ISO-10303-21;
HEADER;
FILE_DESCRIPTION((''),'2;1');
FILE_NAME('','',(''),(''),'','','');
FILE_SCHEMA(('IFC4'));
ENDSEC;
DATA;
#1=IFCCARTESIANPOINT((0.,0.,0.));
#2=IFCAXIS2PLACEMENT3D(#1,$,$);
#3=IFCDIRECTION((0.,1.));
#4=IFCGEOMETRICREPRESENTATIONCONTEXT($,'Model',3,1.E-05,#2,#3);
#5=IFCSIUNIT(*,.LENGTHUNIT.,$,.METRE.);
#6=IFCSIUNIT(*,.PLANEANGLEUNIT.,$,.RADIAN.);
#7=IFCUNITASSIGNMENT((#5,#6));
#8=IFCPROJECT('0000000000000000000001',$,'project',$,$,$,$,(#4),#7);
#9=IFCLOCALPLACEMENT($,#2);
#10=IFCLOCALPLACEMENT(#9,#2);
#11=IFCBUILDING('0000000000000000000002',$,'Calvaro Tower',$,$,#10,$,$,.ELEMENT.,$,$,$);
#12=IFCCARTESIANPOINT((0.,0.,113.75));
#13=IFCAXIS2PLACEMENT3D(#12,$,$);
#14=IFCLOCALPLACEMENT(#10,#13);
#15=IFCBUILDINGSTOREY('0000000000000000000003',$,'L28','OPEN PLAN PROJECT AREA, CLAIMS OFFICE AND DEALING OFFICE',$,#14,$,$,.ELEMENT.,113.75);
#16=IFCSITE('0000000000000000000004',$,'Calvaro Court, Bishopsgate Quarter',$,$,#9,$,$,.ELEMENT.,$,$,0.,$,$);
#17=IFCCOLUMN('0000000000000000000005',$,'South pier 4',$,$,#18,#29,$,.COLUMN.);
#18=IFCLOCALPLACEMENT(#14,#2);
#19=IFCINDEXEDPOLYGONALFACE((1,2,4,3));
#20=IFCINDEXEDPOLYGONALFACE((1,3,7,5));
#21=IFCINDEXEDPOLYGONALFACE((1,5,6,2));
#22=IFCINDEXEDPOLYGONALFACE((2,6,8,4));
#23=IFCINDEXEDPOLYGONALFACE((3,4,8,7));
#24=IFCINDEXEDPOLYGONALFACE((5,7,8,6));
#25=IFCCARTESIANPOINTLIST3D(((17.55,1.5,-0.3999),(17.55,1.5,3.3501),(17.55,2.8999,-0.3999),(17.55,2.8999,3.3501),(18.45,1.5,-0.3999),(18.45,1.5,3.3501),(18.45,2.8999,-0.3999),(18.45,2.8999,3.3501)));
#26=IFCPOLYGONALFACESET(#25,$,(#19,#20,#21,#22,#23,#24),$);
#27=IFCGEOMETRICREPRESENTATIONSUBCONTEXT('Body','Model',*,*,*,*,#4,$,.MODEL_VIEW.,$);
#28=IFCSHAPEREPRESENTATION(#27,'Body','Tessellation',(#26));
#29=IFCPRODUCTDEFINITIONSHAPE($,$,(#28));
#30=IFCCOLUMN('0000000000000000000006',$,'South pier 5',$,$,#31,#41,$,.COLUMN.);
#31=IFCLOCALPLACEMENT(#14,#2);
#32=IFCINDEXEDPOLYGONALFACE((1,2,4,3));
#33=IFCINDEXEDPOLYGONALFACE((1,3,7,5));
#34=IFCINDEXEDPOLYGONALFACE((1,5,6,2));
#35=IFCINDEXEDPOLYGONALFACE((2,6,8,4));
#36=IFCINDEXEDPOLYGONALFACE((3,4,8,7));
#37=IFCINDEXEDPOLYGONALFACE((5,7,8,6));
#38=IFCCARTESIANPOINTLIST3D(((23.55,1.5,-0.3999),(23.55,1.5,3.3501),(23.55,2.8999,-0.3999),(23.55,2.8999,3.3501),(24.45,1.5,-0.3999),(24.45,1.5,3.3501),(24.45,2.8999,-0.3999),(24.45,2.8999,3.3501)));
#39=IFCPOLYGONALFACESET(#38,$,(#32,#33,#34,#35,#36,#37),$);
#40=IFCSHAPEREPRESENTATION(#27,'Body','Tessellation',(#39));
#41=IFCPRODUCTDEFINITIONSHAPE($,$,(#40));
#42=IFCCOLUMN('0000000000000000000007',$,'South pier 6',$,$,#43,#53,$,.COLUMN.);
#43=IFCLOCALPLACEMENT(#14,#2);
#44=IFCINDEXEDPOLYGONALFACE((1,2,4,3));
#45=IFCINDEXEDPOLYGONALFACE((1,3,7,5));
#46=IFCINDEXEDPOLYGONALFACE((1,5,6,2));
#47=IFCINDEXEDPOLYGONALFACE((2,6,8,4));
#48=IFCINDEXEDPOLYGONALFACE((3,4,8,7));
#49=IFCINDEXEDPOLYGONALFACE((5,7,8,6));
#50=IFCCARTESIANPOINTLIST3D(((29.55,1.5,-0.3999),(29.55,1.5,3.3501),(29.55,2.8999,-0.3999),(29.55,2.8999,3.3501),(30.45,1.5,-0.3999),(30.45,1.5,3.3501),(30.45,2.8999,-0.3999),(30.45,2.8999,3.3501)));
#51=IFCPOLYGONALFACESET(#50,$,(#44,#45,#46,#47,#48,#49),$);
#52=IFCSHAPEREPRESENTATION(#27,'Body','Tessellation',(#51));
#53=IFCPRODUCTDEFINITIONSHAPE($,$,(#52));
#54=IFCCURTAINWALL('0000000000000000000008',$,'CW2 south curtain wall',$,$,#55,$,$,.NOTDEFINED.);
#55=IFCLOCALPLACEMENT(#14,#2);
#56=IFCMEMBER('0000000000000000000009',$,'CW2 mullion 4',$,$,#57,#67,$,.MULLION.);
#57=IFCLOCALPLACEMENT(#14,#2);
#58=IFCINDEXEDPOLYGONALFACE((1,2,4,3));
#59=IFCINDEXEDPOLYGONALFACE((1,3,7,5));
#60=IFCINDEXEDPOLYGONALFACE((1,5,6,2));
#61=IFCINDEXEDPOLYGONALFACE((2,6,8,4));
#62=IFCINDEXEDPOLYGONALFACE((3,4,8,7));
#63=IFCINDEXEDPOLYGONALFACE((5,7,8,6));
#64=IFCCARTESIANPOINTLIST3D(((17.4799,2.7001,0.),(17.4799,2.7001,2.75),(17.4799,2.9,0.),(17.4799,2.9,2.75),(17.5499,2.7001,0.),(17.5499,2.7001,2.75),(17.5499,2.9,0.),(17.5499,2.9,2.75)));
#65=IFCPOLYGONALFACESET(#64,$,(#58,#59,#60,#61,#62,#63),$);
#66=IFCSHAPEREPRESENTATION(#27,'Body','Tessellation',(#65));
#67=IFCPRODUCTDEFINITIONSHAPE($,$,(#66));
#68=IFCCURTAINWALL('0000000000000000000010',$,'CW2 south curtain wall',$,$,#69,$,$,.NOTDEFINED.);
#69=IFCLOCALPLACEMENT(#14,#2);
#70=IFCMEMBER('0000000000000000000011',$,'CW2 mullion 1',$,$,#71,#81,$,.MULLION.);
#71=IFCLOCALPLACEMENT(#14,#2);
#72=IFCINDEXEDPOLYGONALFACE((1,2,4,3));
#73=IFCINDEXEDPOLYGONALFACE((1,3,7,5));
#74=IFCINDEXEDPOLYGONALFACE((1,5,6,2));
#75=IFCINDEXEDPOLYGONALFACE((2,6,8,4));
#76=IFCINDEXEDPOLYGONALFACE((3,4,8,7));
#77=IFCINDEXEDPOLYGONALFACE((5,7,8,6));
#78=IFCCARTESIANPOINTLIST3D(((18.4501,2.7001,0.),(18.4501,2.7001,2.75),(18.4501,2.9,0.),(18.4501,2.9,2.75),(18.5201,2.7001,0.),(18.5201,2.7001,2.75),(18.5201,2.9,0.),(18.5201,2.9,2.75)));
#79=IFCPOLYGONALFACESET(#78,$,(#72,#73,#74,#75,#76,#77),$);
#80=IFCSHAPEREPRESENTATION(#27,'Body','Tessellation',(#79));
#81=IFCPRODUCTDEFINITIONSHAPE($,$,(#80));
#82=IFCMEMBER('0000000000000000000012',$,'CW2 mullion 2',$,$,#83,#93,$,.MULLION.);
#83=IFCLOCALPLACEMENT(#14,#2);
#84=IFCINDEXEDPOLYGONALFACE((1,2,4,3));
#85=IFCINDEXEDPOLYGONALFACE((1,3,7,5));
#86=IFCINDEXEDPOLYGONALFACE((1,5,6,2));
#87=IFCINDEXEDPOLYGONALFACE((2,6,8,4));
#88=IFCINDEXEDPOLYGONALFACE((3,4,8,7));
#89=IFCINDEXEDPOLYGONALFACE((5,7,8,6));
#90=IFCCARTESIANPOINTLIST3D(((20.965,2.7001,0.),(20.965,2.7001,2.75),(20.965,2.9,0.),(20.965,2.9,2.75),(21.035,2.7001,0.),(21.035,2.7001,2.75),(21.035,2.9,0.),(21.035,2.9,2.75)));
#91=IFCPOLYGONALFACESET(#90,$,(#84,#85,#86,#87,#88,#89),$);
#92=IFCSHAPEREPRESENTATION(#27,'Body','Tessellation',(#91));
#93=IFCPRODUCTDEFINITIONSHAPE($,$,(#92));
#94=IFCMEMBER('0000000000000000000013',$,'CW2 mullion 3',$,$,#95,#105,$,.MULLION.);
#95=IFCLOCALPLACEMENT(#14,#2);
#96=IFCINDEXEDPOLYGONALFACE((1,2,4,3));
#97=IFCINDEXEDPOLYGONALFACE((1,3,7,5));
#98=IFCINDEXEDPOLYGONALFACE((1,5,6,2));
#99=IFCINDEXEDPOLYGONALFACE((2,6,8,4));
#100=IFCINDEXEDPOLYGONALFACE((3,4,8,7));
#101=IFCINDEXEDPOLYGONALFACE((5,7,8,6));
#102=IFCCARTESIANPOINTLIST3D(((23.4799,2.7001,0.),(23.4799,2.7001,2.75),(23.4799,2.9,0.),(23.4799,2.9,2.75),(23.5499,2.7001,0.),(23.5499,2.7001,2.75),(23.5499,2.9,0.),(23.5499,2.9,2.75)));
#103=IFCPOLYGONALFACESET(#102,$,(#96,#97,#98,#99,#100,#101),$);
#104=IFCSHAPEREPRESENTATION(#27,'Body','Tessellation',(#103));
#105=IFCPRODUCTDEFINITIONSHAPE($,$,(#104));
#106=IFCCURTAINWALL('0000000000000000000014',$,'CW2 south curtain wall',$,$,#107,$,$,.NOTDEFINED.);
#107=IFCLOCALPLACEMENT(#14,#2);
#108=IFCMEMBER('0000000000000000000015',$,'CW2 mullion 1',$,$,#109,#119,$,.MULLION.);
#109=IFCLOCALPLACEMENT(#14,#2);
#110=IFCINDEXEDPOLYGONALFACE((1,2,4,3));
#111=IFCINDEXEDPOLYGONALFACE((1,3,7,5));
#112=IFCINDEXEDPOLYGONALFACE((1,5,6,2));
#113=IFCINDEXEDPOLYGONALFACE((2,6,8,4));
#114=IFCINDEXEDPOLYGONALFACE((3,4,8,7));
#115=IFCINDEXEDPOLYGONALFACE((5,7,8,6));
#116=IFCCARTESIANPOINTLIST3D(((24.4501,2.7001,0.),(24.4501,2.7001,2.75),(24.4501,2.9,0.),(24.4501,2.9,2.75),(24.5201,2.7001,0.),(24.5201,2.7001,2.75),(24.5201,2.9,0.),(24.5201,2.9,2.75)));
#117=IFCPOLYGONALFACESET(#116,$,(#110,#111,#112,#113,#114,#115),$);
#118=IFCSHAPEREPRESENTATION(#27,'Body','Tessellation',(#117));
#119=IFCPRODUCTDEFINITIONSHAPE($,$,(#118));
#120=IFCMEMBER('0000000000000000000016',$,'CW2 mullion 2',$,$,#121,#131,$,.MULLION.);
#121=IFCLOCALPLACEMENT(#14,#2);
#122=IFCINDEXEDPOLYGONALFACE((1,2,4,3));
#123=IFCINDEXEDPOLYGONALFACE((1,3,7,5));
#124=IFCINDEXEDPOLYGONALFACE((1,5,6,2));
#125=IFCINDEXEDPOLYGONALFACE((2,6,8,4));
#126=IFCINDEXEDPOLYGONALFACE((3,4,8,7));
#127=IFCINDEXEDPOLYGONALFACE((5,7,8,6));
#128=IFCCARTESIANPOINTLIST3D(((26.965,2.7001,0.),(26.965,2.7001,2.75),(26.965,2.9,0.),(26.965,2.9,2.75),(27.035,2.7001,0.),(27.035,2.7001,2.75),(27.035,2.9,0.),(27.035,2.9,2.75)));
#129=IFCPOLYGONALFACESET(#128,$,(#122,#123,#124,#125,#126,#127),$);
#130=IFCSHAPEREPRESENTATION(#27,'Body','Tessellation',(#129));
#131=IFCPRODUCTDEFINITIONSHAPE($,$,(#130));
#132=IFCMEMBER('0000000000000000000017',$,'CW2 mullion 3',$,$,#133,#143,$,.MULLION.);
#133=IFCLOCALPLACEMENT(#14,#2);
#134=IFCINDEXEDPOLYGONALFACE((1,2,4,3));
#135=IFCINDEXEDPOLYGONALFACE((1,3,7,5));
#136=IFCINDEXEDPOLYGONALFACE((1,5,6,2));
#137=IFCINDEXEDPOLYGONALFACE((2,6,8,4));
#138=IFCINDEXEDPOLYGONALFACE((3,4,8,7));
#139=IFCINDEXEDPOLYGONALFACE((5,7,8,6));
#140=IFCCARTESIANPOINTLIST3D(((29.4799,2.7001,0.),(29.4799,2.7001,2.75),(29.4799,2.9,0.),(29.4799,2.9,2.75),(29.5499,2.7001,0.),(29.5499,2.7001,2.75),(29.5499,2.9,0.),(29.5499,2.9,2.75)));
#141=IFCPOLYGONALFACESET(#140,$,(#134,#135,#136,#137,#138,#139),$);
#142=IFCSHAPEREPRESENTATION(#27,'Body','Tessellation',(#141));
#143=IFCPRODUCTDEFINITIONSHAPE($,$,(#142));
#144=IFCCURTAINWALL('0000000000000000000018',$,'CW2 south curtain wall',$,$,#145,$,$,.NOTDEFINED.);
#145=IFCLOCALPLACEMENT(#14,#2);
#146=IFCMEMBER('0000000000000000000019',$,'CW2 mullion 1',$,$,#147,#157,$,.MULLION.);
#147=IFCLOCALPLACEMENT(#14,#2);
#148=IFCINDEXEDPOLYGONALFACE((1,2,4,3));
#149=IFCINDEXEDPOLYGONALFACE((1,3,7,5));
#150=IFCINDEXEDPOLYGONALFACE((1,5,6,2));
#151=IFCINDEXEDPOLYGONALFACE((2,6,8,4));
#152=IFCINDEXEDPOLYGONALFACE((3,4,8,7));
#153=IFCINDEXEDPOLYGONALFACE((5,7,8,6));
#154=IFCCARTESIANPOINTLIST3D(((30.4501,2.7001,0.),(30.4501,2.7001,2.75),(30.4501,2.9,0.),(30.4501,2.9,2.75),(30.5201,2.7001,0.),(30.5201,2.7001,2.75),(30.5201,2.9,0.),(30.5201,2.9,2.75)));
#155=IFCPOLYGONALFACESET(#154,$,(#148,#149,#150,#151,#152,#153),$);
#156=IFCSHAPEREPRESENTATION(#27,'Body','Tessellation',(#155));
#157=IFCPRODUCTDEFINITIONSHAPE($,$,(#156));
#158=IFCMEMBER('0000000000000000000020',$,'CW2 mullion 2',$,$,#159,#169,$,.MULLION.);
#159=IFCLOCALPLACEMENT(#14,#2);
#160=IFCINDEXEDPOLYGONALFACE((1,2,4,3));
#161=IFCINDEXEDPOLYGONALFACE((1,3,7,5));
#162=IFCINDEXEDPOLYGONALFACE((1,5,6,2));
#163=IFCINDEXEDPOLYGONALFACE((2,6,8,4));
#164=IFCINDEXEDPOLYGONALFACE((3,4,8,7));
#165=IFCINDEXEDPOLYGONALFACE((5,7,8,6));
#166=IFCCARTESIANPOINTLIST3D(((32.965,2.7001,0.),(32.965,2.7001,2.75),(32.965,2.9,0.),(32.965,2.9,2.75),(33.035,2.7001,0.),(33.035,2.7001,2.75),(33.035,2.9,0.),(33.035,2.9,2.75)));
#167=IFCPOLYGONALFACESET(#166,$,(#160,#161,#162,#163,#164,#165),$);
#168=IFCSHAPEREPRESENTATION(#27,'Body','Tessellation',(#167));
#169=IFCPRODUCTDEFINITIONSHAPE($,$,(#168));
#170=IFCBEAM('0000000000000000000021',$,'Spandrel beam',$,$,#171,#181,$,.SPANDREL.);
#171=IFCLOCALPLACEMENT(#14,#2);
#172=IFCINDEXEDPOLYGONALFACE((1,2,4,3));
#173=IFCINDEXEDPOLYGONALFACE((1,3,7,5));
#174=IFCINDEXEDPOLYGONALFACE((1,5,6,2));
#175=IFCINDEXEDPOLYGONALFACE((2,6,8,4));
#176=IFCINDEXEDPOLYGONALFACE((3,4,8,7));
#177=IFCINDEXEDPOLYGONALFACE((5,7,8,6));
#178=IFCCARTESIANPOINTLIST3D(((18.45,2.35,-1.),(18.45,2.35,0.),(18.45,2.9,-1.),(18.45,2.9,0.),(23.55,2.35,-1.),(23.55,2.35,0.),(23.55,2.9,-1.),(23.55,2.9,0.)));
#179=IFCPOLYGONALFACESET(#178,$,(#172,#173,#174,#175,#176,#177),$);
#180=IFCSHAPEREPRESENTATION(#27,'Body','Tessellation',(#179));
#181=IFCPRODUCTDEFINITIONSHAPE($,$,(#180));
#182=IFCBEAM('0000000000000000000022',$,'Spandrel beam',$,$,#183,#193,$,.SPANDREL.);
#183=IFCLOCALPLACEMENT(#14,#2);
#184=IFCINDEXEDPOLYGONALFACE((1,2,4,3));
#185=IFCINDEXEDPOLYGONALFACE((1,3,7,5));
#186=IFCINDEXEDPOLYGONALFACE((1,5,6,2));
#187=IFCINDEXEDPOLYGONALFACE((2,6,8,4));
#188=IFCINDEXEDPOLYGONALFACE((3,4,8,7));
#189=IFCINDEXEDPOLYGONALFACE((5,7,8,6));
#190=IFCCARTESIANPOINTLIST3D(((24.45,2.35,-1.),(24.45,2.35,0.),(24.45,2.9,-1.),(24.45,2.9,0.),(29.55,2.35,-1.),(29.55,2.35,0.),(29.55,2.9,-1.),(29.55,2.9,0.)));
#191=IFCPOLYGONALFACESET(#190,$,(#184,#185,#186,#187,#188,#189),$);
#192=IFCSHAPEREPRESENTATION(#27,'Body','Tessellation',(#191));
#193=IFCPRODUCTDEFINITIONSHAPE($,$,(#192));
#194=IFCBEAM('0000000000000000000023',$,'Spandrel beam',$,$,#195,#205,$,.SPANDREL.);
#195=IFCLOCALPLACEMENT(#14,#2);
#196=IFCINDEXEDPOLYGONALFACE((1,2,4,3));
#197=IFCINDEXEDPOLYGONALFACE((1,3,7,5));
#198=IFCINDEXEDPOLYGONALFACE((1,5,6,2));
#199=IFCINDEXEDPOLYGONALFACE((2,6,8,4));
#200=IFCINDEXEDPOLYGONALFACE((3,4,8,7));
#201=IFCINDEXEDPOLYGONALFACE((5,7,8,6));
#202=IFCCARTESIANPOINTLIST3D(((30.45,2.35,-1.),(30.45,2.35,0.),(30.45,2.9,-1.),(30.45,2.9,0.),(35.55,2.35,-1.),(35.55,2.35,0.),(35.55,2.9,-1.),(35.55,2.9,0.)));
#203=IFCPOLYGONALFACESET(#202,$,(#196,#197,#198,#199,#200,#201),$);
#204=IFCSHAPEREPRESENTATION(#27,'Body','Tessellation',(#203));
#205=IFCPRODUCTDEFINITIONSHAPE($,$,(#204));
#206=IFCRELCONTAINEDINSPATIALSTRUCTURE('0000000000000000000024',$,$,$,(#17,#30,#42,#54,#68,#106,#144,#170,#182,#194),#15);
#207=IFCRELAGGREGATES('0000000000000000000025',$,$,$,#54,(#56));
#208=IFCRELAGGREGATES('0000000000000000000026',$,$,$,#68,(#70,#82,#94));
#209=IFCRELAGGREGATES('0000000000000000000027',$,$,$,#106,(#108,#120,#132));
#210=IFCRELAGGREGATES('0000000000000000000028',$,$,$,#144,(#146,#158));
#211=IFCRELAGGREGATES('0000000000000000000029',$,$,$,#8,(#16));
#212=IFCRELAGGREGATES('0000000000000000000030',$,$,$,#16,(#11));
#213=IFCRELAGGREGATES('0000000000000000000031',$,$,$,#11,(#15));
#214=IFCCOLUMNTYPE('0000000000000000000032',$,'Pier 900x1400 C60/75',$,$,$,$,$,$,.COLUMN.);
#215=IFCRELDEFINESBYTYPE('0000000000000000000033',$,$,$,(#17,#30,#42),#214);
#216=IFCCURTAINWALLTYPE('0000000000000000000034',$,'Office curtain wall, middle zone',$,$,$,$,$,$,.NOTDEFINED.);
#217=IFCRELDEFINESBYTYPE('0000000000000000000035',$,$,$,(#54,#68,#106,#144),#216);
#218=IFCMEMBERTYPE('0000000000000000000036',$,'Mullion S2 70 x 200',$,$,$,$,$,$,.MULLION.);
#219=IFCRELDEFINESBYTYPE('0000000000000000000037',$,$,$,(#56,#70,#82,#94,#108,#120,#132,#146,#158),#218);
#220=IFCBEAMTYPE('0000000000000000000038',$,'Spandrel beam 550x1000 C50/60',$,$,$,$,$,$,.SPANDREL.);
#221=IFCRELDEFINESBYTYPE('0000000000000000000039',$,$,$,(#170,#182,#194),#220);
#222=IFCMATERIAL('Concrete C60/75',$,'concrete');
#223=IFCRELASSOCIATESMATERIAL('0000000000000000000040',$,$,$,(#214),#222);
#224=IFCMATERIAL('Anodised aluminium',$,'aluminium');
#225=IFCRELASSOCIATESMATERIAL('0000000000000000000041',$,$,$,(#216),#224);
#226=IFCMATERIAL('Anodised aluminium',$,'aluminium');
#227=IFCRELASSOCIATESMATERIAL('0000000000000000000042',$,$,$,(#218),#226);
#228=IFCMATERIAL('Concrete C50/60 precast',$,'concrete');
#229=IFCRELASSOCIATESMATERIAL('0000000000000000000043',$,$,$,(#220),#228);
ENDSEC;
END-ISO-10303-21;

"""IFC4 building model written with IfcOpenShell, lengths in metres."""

from ifc_helpers import new_model, si_unit, direction, frame, origin, origin_2d, place, context, subcontext, project, spatial, rectangle, extrude, material, material_profile, profile_set, type_object, element, aggregate, save


model = new_model("IFC4")

# Units and contexts
model_context = context("Model", 3, precision=1e-05, world=origin(), true_north=direction((0.0, 1.0)))
body_context = subcontext(model_context, "Body", "Model", "MODEL_VIEW")
ifc_project = project(units=[si_unit("LENGTHUNIT", "METRE"), si_unit("PLANEANGLEUNIT", "RADIAN")], contexts=[model_context])

# Site, building, storey
site_placement = place(None, origin())
site = spatial("IfcSite", under=ifc_project, at=site_placement, Name="Calvaro Court, Bishopsgate Quarter", CompositionType="ELEMENT", RefElevation=0.0)
building_placement = place(site_placement, origin())
building = spatial("IfcBuilding", under=site, at=building_placement, Name="Calvaro Tower", CompositionType="ELEMENT")
storey_placement = place(building_placement, frame((0.0, 0.0, 113.75)))
storey = spatial("IfcBuildingStorey", under=building, at=storey_placement, Name="L28", Description="OPEN PLAN PROJECT AREA, CLAIMS OFFICE AND DEALING OFFICE", CompositionType="ELEMENT", Elevation=113.75)

# Columns
ifc_material_1 = material(Name="Concrete C60/75", Category="concrete")
ifc_material_profile_1 = material_profile(ifc_material_1, rectangle(XDim=0.8999, YDim=1.3999, at=origin_2d()), Name="RC 900x1400")
ifc_profile_set_1 = profile_set([ifc_material_profile_1], Name="Concrete C60/75")
column_type = type_object("IfcColumnType", Name="Pier 900x1400 C60/75", PredefinedType="COLUMN", material=ifc_profile_set_1)
for number, where, z_axis, x_axis, name in (
    (1, (18.0, 2.2, -0.3999), (0.0, 0.0, 1.0), (1.0, 0.0, 0.0), "South pier 4"),
    (2, (24.0, 2.2, -0.3999), (0.0, 0.0, 1.0), (1.0, 0.0, 0.0), "South pier 5"),
    (3, (30.0, 2.2, -0.3999), (0.0, 0.0, 1.0), (1.0, 0.0, 0.0), "South pier 6"),
):
    element("IfcColumn", number, at=place(storey_placement, frame(where, z_axis=z_axis, x_axis=x_axis)), inside=storey, type_object=column_type, Name=name, PredefinedType="COLUMN", context=body_context, shape_type="SweptSolid", body=[
        extrude(rectangle(XDim=0.8999, YDim=1.3999, at=origin_2d()), origin(), (0.0, 0.0, 1.0), 3.75),
    ])

# Curtain wall, member
ifc_material_2 = material(Name="Anodised aluminium", Category="aluminium")
curtain_wall_type = type_object("IfcCurtainWallType", Name="Office curtain wall, middle zone", PredefinedType="NOTDEFINED", material=ifc_material_2)
curtain_wall_1_placement = place(storey_placement, origin())
curtain_wall_1 = element("IfcCurtainWall", 4, at=curtain_wall_1_placement, inside=storey, type_object=curtain_wall_type, Name="CW2 south curtain wall", PredefinedType="NOTDEFINED")
ifc_material_3 = material(Name="Anodised aluminium", Category="aluminium")
ifc_material_profile_2 = material_profile(ifc_material_3, rectangle(XDim=0.2, YDim=0.0701, at=origin_2d()), Name="Mullion S2 70 x 200")
ifc_profile_set_2 = profile_set([ifc_material_profile_2], Name="Anodised aluminium")
member_type_1 = type_object("IfcMemberType", Name="Mullion S2 70 x 200", PredefinedType="MULLION", material=ifc_profile_set_2)
member_1_placement = place(storey_placement, frame((17.5149, 2.8, 0.0), z_axis=(0.0, 0.0, 1.0), x_axis=(0.0, 1.0, 0.0)))
member_1 = element("IfcMember", 5, at=member_1_placement, type_object=member_type_1, Name="CW2 mullion 4", PredefinedType="MULLION", context=body_context, shape_type="SweptSolid", body=[
    extrude(rectangle(XDim=0.2, YDim=0.0701, at=origin_2d()), origin(), (0.0, 0.0, 1.0), 2.75),
])

# Curtain walls, members
curtain_wall_2_placement = place(storey_placement, origin())
curtain_wall_2 = element("IfcCurtainWall", 6, at=curtain_wall_2_placement, inside=storey, type_object=curtain_wall_type, Name="CW2 south curtain wall", PredefinedType="NOTDEFINED")
member_2_placement = place(storey_placement, frame((18.4851, 2.8, 0.0), z_axis=(0.0, 0.0, 1.0), x_axis=(0.0, 1.0, 0.0)))
member_2 = element("IfcMember", 7, at=member_2_placement, type_object=member_type_1, Name="CW2 mullion 1", PredefinedType="MULLION", context=body_context, shape_type="SweptSolid", body=[
    extrude(rectangle(XDim=0.2, YDim=0.0701, at=origin_2d()), origin(), (0.0, 0.0, 1.0), 2.75),
])
member_3_placement = place(storey_placement, frame((21.0, 2.8, 0.0), z_axis=(0.0, 0.0, 1.0), x_axis=(0.0, 1.0, 0.0)))
member_3 = element("IfcMember", 8, at=member_3_placement, type_object=member_type_1, Name="CW2 mullion 2", PredefinedType="MULLION", context=body_context, shape_type="SweptSolid", body=[
    extrude(rectangle(XDim=0.2, YDim=0.0701, at=origin_2d()), origin(), (0.0, 0.0, 1.0), 2.75),
])
member_4_placement = place(storey_placement, frame((23.5149, 2.8, 0.0), z_axis=(0.0, 0.0, 1.0), x_axis=(0.0, 1.0, 0.0)))
member_4 = element("IfcMember", 9, at=member_4_placement, type_object=member_type_1, Name="CW2 mullion 3", PredefinedType="MULLION", context=body_context, shape_type="SweptSolid", body=[
    extrude(rectangle(XDim=0.2, YDim=0.0701, at=origin_2d()), origin(), (0.0, 0.0, 1.0), 2.75),
])
curtain_wall_3_placement = place(storey_placement, origin())
curtain_wall_3 = element("IfcCurtainWall", 10, at=curtain_wall_3_placement, inside=storey, type_object=curtain_wall_type, Name="CW2 south curtain wall", PredefinedType="NOTDEFINED")
member_5_placement = place(storey_placement, frame((24.4851, 2.8, 0.0), z_axis=(0.0, 0.0, 1.0), x_axis=(0.0, 1.0, 0.0)))
member_5 = element("IfcMember", 11, at=member_5_placement, type_object=member_type_1, Name="CW2 mullion 1", PredefinedType="MULLION", context=body_context, shape_type="SweptSolid", body=[
    extrude(rectangle(XDim=0.2, YDim=0.0701, at=origin_2d()), origin(), (0.0, 0.0, 1.0), 2.75),
])
member_6_placement = place(storey_placement, frame((27.0, 2.8, 0.0), z_axis=(0.0, 0.0, 1.0), x_axis=(0.0, 1.0, 0.0)))
member_6 = element("IfcMember", 12, at=member_6_placement, type_object=member_type_1, Name="CW2 mullion 2", PredefinedType="MULLION", context=body_context, shape_type="SweptSolid", body=[
    extrude(rectangle(XDim=0.2, YDim=0.0701, at=origin_2d()), origin(), (0.0, 0.0, 1.0), 2.75),
])
member_7_placement = place(storey_placement, frame((29.5149, 2.8, 0.0), z_axis=(0.0, 0.0, 1.0), x_axis=(0.0, 1.0, 0.0)))
member_7 = element("IfcMember", 13, at=member_7_placement, type_object=member_type_1, Name="CW2 mullion 3", PredefinedType="MULLION", context=body_context, shape_type="SweptSolid", body=[
    extrude(rectangle(XDim=0.2, YDim=0.0701, at=origin_2d()), origin(), (0.0, 0.0, 1.0), 2.75),
])
curtain_wall_4_placement = place(storey_placement, origin())
curtain_wall_4 = element("IfcCurtainWall", 14, at=curtain_wall_4_placement, inside=storey, type_object=curtain_wall_type, Name="CW2 south curtain wall", PredefinedType="NOTDEFINED")
member_8_placement = place(storey_placement, frame((30.4851, 2.8, 0.0), z_axis=(0.0, 0.0, 1.0), x_axis=(0.0, 1.0, 0.0)))
member_8 = element("IfcMember", 15, at=member_8_placement, type_object=member_type_1, Name="CW2 mullion 1", PredefinedType="MULLION", context=body_context, shape_type="SweptSolid", body=[
    extrude(rectangle(XDim=0.2, YDim=0.0701, at=origin_2d()), origin(), (0.0, 0.0, 1.0), 2.75),
])
member_9_placement = place(storey_placement, frame((33.0, 2.8, 0.0), z_axis=(0.0, 0.0, 1.0), x_axis=(0.0, 1.0, 0.0)))
member_9 = element("IfcMember", 16, at=member_9_placement, type_object=member_type_1, Name="CW2 mullion 2", PredefinedType="MULLION", context=body_context, shape_type="SweptSolid", body=[
    extrude(rectangle(XDim=0.2, YDim=0.0701, at=origin_2d()), origin(), (0.0, 0.0, 1.0), 2.75),
])

# Beams
ifc_material_4 = material(Name="Concrete C50/60 precast", Category="concrete")
ifc_material_profile_3 = material_profile(ifc_material_4, rectangle(XDim=0.55, YDim=1.0, at=origin_2d()), Name="RC 550x1000")
ifc_profile_set_3 = profile_set([ifc_material_profile_3], Name="Concrete C50/60 precast")
beam_type = type_object("IfcBeamType", Name="Spandrel beam 550x1000 C50/60", PredefinedType="SPANDREL", material=ifc_profile_set_3)
for number, where, z_axis, x_axis, name in (
    (17, (18.45, 2.625, -0.5), (1.0, 0.0, 0.0), (0.0, 1.0, 0.0), "Spandrel beam"),
    (18, (24.45, 2.625, -0.5), (1.0, 0.0, 0.0), (0.0, 1.0, 0.0), "Spandrel beam"),
    (19, (30.45, 2.625, -0.5), (1.0, 0.0, 0.0), (0.0, 1.0, 0.0), "Spandrel beam"),
):
    element("IfcBeam", number, at=place(storey_placement, frame(where, z_axis=z_axis, x_axis=x_axis)), inside=storey, type_object=beam_type, Name=name, PredefinedType="SPANDREL", context=body_context, shape_type="SweptSolid", body=[
        extrude(rectangle(XDim=0.55, YDim=1.0, at=origin_2d()), origin(), (0.0, 0.0, 1.0), 5.1001),
    ])

aggregate(curtain_wall_1, [member_1])
aggregate(curtain_wall_2, [member_2, member_3, member_4])
aggregate(curtain_wall_3, [member_5, member_6, member_7])
aggregate(curtain_wall_4, [member_8, member_9])

save(model, "model.ifc")
